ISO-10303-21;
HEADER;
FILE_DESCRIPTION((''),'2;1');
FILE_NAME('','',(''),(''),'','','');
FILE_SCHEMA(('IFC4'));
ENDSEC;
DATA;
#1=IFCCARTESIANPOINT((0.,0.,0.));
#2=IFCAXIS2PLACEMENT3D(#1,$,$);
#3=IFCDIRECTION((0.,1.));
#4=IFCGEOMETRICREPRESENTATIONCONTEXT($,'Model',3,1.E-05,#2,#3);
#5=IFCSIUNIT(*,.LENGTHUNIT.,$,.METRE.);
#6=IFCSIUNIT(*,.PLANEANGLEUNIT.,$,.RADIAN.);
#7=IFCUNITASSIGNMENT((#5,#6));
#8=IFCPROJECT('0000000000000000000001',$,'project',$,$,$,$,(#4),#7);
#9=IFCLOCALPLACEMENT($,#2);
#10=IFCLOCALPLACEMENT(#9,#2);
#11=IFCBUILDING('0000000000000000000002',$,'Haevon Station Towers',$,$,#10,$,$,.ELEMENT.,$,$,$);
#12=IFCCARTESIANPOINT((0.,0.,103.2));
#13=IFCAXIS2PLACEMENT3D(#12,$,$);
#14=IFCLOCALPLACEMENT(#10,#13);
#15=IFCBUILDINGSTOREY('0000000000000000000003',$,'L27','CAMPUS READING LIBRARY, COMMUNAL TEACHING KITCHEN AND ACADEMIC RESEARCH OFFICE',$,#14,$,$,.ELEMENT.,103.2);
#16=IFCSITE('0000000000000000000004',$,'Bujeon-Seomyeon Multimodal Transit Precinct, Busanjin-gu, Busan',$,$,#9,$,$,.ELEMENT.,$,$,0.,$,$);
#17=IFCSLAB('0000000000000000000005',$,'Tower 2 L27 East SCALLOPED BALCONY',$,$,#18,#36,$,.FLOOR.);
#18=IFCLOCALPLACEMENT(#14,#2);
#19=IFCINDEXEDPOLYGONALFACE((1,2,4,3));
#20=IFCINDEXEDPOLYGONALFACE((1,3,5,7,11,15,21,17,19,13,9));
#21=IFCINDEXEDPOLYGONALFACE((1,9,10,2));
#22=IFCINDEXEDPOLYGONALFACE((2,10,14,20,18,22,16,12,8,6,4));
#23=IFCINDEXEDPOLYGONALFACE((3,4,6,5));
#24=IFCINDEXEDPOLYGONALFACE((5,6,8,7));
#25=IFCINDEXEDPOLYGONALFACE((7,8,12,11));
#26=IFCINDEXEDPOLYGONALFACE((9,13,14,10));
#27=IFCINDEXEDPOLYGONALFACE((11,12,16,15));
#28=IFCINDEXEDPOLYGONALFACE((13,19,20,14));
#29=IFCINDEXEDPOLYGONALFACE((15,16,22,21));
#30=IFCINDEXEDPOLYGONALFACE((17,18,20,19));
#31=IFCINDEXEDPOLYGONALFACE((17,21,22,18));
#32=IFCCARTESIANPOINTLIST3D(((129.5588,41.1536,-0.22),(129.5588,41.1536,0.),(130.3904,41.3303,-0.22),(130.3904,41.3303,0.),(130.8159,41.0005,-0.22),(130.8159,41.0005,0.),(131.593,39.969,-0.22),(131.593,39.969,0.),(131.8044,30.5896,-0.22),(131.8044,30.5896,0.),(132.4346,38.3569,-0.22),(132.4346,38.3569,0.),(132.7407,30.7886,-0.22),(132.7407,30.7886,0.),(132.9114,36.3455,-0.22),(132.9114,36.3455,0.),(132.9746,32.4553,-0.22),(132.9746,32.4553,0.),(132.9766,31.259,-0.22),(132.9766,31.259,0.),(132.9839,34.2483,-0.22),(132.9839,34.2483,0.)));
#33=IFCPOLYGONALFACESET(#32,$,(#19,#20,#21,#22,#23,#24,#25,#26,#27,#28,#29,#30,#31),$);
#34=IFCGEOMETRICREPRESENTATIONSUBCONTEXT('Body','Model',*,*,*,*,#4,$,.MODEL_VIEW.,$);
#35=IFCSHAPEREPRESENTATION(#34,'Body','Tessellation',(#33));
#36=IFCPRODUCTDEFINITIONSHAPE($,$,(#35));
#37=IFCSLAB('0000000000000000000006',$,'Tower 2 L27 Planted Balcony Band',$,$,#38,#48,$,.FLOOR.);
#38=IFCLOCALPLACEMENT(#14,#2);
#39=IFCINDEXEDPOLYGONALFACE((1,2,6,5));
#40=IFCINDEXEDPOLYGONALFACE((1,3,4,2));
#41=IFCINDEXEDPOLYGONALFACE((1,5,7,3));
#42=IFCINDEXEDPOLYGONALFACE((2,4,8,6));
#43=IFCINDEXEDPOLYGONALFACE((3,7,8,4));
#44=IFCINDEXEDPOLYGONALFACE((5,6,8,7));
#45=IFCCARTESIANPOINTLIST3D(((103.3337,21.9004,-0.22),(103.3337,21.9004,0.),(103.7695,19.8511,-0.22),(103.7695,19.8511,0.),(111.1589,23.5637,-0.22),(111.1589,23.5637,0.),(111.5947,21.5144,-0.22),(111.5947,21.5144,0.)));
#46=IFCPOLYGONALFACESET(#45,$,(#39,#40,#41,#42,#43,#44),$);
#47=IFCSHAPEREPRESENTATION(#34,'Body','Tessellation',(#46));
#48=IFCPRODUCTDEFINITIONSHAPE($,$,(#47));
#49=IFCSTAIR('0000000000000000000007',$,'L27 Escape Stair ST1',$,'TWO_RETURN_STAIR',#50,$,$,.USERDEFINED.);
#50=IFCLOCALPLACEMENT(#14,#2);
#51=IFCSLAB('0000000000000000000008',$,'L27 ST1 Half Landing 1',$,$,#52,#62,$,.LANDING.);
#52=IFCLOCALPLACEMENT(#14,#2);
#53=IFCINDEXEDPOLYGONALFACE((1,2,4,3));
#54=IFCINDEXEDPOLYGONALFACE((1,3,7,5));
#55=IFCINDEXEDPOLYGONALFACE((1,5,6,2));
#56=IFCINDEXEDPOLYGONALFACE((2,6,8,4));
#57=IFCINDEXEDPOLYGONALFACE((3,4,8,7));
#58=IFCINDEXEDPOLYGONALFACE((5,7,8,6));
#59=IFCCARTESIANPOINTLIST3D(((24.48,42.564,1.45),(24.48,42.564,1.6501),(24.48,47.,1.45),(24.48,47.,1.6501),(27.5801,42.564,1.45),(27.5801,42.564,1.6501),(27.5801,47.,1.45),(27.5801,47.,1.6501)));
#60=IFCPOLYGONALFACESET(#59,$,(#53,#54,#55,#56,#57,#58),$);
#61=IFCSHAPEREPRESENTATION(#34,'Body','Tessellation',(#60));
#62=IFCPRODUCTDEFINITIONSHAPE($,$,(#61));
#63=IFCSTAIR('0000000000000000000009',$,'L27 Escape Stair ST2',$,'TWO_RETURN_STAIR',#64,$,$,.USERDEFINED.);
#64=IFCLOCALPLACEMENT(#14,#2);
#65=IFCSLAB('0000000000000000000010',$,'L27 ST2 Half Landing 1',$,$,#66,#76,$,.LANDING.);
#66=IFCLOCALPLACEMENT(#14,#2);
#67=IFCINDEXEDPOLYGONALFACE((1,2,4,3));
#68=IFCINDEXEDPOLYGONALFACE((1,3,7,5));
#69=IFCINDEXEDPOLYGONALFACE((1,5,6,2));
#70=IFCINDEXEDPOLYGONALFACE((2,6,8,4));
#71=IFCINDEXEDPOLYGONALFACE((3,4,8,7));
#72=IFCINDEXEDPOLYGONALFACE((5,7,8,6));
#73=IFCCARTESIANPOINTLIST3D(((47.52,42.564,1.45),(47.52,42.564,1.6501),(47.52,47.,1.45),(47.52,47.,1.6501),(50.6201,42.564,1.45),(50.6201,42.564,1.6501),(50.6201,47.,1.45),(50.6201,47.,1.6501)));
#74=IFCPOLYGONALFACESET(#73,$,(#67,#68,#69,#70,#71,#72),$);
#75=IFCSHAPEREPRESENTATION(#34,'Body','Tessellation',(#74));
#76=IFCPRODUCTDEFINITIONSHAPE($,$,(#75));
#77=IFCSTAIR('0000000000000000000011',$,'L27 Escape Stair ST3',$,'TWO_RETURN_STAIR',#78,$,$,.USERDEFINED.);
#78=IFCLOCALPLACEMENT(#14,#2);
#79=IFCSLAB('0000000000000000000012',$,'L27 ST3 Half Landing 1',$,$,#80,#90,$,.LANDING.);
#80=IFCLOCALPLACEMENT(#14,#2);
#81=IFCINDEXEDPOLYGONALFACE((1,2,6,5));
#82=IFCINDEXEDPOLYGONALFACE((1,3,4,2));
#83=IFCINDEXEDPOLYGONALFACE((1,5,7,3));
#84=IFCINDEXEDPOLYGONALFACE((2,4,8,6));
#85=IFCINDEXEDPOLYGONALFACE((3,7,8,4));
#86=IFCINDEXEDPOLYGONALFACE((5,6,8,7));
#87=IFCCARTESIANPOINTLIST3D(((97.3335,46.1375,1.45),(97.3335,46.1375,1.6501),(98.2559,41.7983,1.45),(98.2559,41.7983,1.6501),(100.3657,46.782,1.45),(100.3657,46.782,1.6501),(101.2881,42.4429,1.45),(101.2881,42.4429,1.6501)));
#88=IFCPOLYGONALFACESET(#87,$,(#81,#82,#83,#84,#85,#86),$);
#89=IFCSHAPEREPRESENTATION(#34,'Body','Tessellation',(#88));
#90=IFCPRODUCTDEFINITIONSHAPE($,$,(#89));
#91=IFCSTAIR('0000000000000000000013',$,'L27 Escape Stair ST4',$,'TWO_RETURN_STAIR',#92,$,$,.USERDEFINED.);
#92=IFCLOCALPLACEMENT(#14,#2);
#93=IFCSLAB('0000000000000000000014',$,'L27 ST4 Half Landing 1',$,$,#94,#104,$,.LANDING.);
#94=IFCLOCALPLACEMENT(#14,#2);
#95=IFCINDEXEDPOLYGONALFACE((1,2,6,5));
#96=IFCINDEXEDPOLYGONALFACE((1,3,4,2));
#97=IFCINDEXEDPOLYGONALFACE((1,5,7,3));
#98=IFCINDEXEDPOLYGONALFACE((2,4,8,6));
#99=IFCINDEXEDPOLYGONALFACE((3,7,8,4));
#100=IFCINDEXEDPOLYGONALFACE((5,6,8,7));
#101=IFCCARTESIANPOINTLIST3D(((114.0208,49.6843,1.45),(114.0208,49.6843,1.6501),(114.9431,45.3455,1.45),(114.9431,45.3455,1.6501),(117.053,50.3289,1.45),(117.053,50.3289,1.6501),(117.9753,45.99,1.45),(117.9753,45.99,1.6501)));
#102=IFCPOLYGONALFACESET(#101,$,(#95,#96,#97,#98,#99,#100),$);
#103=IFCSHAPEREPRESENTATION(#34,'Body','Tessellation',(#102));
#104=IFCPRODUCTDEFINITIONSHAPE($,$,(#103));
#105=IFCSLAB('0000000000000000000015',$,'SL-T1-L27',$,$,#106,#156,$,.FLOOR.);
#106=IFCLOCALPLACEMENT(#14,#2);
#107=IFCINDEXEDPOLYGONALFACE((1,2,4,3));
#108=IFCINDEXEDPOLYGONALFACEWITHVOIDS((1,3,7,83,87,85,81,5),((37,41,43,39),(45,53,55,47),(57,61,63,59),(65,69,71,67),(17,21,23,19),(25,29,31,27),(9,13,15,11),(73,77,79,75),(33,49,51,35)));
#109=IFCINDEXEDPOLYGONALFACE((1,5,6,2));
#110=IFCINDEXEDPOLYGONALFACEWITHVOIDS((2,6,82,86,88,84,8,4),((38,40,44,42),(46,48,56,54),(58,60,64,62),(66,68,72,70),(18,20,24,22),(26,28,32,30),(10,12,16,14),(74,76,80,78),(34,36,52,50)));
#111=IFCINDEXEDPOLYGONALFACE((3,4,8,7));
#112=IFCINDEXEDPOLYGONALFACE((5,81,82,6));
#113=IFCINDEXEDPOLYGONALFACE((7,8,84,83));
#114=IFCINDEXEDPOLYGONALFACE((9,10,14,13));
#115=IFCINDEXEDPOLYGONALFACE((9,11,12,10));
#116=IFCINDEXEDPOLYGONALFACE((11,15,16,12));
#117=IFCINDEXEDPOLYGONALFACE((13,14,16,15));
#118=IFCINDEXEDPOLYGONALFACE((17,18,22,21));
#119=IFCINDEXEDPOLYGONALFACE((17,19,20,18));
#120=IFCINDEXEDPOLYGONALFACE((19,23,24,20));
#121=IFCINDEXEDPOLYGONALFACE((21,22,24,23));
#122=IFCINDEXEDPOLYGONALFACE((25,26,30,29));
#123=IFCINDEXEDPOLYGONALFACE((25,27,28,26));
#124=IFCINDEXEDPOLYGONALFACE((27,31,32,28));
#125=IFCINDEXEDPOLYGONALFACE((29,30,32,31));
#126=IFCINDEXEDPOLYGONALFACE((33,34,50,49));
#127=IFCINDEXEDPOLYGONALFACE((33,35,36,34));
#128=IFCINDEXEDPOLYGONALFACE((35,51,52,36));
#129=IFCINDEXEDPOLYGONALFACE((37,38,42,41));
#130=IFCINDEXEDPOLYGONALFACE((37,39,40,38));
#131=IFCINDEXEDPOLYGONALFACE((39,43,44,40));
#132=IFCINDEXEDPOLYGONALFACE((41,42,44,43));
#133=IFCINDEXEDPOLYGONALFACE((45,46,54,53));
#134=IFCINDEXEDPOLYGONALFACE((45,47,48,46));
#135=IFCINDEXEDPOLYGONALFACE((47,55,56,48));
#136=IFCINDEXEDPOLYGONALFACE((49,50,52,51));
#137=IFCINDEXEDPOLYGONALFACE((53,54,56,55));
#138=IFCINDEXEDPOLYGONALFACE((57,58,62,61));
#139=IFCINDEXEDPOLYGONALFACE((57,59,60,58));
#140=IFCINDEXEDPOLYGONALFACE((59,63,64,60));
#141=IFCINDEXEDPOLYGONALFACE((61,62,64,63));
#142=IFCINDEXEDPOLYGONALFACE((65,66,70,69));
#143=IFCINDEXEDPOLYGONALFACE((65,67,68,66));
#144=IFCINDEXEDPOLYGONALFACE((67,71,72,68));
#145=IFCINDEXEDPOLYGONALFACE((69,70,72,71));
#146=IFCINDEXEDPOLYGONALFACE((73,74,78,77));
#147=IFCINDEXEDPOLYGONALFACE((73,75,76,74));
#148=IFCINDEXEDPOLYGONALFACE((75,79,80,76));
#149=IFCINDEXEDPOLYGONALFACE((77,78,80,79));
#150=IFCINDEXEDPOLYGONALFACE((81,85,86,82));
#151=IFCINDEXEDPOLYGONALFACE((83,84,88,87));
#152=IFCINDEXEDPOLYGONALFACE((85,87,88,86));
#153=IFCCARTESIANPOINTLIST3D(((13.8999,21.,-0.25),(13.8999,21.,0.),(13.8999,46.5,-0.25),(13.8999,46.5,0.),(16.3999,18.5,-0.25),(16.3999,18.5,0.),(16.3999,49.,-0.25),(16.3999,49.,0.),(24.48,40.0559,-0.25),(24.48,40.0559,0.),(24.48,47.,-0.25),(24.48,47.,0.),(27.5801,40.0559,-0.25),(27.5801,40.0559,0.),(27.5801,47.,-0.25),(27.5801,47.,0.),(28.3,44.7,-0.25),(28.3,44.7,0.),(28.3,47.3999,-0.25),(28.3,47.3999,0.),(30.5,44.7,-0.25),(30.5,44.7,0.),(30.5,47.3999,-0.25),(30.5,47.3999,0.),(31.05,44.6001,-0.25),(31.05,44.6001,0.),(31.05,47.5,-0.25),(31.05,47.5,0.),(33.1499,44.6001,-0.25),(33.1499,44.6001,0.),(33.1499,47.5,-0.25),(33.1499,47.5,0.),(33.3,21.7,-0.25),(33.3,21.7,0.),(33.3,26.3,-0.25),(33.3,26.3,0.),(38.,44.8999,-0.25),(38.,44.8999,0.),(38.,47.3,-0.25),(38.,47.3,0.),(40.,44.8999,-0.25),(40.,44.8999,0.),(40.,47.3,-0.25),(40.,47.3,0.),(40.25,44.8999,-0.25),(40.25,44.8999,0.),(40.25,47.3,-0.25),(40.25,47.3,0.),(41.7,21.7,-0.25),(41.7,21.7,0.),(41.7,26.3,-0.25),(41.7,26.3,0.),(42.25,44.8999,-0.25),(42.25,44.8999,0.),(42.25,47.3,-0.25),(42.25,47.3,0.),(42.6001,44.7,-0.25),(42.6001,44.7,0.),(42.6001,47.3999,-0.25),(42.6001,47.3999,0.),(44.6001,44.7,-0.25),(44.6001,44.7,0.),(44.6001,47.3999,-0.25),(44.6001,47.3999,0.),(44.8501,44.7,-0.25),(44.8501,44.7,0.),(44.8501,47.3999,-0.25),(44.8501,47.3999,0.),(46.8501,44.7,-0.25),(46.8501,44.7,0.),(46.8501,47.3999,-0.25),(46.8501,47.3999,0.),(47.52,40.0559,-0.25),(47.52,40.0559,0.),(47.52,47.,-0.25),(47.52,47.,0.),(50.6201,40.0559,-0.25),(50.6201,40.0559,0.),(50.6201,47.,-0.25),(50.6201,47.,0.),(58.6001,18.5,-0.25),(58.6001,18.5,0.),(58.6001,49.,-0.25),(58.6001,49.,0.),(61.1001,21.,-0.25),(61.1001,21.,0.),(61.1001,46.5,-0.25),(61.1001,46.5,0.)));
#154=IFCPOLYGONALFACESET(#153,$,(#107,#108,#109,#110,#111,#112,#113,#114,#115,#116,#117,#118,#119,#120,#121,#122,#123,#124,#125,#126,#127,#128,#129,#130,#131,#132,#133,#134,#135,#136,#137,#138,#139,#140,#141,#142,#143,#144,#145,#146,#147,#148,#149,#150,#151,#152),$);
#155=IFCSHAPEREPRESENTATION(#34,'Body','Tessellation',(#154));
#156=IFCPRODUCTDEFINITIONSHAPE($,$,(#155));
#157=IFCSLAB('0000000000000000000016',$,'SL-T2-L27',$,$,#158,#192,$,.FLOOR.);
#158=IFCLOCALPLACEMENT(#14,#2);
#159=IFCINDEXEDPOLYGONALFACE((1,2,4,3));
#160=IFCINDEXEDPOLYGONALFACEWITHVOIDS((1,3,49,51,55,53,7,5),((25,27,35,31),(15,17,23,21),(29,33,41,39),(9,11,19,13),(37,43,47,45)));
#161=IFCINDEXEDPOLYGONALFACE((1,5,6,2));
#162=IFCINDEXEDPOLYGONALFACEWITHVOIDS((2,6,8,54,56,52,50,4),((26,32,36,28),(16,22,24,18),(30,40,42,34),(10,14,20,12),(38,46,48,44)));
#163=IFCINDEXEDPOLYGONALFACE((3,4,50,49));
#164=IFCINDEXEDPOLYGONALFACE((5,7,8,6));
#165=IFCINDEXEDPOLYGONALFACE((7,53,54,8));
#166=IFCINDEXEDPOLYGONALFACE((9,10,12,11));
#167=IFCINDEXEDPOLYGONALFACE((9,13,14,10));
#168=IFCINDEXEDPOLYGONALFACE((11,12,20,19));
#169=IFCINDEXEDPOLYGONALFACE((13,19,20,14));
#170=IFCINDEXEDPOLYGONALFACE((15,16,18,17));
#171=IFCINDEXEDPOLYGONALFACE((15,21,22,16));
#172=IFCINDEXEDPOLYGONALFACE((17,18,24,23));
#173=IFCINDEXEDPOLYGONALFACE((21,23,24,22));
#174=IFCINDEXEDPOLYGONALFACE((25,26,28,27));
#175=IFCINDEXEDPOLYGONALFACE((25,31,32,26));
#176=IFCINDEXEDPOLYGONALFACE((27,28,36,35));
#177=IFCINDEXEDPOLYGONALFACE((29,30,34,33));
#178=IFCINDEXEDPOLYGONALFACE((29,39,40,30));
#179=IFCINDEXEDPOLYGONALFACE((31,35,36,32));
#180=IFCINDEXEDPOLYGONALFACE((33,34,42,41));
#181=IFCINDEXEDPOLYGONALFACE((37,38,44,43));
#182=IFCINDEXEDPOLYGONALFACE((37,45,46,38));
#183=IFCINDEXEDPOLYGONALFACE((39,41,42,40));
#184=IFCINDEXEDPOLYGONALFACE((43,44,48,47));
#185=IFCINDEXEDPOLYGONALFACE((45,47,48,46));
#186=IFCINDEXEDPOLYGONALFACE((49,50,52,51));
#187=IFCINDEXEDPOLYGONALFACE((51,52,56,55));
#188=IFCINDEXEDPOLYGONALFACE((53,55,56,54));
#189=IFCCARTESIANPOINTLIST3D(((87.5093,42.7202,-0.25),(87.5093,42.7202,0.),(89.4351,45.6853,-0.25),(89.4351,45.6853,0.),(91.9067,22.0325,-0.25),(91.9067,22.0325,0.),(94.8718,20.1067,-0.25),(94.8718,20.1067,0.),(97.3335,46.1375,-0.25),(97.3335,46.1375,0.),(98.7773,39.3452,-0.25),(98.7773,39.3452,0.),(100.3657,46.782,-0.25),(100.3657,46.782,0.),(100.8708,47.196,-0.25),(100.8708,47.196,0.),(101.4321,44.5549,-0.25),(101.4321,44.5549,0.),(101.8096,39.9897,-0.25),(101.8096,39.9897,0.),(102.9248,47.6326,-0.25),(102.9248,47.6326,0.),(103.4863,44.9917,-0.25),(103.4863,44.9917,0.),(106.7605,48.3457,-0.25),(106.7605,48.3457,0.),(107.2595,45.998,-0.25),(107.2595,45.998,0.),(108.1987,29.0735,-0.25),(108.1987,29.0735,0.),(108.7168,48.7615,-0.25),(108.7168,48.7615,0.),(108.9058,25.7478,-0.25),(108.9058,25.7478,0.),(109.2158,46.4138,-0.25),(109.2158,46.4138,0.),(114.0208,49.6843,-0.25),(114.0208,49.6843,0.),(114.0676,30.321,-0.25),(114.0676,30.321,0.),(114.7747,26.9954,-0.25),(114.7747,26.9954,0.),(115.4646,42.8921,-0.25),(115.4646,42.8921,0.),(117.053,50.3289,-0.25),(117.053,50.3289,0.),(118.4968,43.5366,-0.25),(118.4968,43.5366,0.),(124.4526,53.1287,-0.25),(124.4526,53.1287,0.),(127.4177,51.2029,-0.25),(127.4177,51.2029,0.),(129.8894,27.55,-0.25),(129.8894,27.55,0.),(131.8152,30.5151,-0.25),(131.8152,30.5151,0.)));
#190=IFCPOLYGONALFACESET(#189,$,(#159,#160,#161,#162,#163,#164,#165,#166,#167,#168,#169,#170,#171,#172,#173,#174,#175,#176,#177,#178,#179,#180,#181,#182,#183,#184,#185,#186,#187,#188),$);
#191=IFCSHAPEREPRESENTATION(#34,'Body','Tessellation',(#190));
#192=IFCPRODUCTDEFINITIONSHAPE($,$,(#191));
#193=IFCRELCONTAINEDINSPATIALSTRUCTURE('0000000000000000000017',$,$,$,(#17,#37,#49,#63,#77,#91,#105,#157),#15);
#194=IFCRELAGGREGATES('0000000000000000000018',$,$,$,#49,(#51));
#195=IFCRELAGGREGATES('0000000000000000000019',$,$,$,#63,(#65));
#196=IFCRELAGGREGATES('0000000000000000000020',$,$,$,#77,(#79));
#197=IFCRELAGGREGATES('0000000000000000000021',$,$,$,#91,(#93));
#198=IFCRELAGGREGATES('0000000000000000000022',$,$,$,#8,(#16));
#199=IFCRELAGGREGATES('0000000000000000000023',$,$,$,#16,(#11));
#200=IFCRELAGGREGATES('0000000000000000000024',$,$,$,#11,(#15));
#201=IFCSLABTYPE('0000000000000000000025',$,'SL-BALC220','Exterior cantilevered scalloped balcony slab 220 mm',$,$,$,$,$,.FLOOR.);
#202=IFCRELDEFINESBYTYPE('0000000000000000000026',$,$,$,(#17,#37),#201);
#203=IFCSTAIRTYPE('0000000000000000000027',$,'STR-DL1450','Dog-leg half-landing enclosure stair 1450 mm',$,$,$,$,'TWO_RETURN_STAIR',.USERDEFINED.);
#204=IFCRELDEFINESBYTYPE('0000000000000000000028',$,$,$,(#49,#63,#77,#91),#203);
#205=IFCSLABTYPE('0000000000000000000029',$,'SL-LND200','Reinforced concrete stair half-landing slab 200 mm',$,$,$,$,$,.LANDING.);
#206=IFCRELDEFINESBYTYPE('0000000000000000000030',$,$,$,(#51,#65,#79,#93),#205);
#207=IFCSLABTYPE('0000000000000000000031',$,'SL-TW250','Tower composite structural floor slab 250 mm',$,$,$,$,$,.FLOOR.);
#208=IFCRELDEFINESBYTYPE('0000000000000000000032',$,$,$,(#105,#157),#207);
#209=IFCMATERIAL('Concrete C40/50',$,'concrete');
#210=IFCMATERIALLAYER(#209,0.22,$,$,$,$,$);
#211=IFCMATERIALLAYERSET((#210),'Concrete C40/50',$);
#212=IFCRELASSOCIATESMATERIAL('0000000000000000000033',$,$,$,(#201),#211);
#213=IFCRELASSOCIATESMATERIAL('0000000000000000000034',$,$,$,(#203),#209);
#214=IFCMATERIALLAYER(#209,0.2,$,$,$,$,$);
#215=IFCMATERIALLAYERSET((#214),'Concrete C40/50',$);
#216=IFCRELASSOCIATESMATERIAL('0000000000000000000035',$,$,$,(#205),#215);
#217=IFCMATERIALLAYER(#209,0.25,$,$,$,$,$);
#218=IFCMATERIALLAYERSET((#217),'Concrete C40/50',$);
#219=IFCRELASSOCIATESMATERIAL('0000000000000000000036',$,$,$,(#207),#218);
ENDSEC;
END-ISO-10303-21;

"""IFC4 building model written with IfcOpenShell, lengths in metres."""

from ifc_helpers import new_model, si_unit, direction, frame, origin, place, context, subcontext, project, spatial, polyline, outline, extrude, material, layer, layer_set, type_object, element, aggregate, save


model = new_model("IFC4")

# Units and contexts
model_context = context("Model", 3, precision=1e-05, world=origin(), true_north=direction((0.0, 1.0)))
body_context = subcontext(model_context, "Body", "Model", "MODEL_VIEW")
ifc_project = project(units=[si_unit("LENGTHUNIT", "METRE"), si_unit("PLANEANGLEUNIT", "RADIAN")], contexts=[model_context])

# Site, building, storey
site_placement = place(None, origin())
site = spatial("IfcSite", under=ifc_project, at=site_placement, Name="Bujeon-Seomyeon Multimodal Transit Precinct, Busanjin-gu, Busan", CompositionType="ELEMENT", RefElevation=0.0)
building_placement = place(site_placement, origin())
building = spatial("IfcBuilding", under=site, at=building_placement, Name="Haevon Station Towers", CompositionType="ELEMENT")
storey_placement = place(building_placement, frame((0.0, 0.0, 103.2)))
storey = spatial("IfcBuildingStorey", under=building, at=storey_placement, Name="L27", Description="CAMPUS READING LIBRARY, COMMUNAL TEACHING KITCHEN AND ACADEMIC RESEARCH OFFICE", CompositionType="ELEMENT", Elevation=103.2)

# Slabs
ifc_material_1 = material(Name="Concrete C40/50", Category="concrete")
ifc_layer_1 = layer(ifc_material_1, 0.22)
ifc_layer_set_1 = layer_set([ifc_layer_1], Name="Concrete C40/50")
slab_type_1 = type_object("IfcSlabType", Name="SL-BALC220", Description="Exterior cantilevered scalloped balcony slab 220 mm", PredefinedType="FLOOR", material=ifc_layer_set_1)
slab_1_placement = place(storey_placement, frame((0.0, 0.0, -0.22)))
element("IfcSlab", 1, at=slab_1_placement, inside=storey, type_object=slab_type_1, Name="Tower 2 L27 East SCALLOPED BALCONY", PredefinedType="FLOOR", context=body_context, shape_type="SweptSolid", body=[
    extrude(outline(polyline([(131.8044, 30.5896), (132.7407, 30.7886), (132.9766, 31.259), (132.9746, 32.4553), (132.9839, 34.2483), (132.9114, 36.3455), (132.4346, 38.3569), (131.593, 39.969), (130.8159, 41.0005), (130.3904, 41.3303), (129.5588, 41.1536), (131.8044, 30.5896)])), origin(), (0.0, 0.0, 1.0), 0.22),
])
slab_2_placement = place(storey_placement, frame((0.0, 0.0, -0.22)))
element("IfcSlab", 2, at=slab_2_placement, inside=storey, type_object=slab_type_1, Name="Tower 2 L27 Planted Balcony Band", PredefinedType="FLOOR", context=body_context, shape_type="SweptSolid", body=[
    extrude(outline(polyline([(103.7695, 19.8511), (111.5947, 21.5144), (111.1589, 23.5637), (103.3337, 21.9004), (103.7695, 19.8511)])), origin(), (0.0, 0.0, 1.0), 0.22),
])

# Stairs, slabs
stair_type = type_object("IfcStairType", Name="STR-DL1450", Description="Dog-leg half-landing enclosure stair 1450 mm", ElementType="TWO_RETURN_STAIR", PredefinedType="USERDEFINED", material=ifc_material_1)
stair_1_placement = place(storey_placement, origin())
stair_1 = element("IfcStair", 3, at=stair_1_placement, inside=storey, type_object=stair_type, Name="L27 Escape Stair ST1", ObjectType="TWO_RETURN_STAIR", PredefinedType="USERDEFINED")
ifc_layer_2 = layer(ifc_material_1, 0.2)
ifc_layer_set_2 = layer_set([ifc_layer_2], Name="Concrete C40/50")
slab_type_2 = type_object("IfcSlabType", Name="SL-LND200", Description="Reinforced concrete stair half-landing slab 200 mm", PredefinedType="LANDING", material=ifc_layer_set_2)
slab_3_placement = place(storey_placement, frame((0.0, 0.0, 1.45)))
slab_3 = element("IfcSlab", 4, at=slab_3_placement, type_object=slab_type_2, Name="L27 ST1 Half Landing 1", PredefinedType="LANDING", context=body_context, shape_type="SweptSolid", body=[
    extrude(outline(polyline([(27.5801, 42.564), (27.5801, 47.0), (24.48, 47.0), (24.48, 42.564), (27.5801, 42.564)])), origin(), (0.0, 0.0, 1.0), 0.2002),
])
aggregate(stair_1, [slab_3])
stair_2_placement = place(storey_placement, origin())
stair_2 = element("IfcStair", 5, at=stair_2_placement, inside=storey, type_object=stair_type, Name="L27 Escape Stair ST2", ObjectType="TWO_RETURN_STAIR", PredefinedType="USERDEFINED")
slab_4_placement = place(storey_placement, frame((0.0, 0.0, 1.45)))
slab_4 = element("IfcSlab", 6, at=slab_4_placement, type_object=slab_type_2, Name="L27 ST2 Half Landing 1", PredefinedType="LANDING", context=body_context, shape_type="SweptSolid", body=[
    extrude(outline(polyline([(50.6201, 42.564), (50.6201, 47.0), (47.52, 47.0), (47.52, 42.564), (50.6201, 42.564)])), origin(), (0.0, 0.0, 1.0), 0.2002),
])
aggregate(stair_2, [slab_4])
stair_3_placement = place(storey_placement, origin())
stair_3 = element("IfcStair", 7, at=stair_3_placement, inside=storey, type_object=stair_type, Name="L27 Escape Stair ST3", ObjectType="TWO_RETURN_STAIR", PredefinedType="USERDEFINED")
slab_5_placement = place(storey_placement, frame((0.0, 0.0, 1.45)))
slab_5 = element("IfcSlab", 8, at=slab_5_placement, type_object=slab_type_2, Name="L27 ST3 Half Landing 1", PredefinedType="LANDING", context=body_context, shape_type="SweptSolid", body=[
    extrude(outline(polyline([(101.2881, 42.4429), (100.3657, 46.782), (97.3335, 46.1375), (98.2559, 41.7983), (101.2881, 42.4429)])), origin(), (0.0, 0.0, 1.0), 0.2002),
])
aggregate(stair_3, [slab_5])
stair_4_placement = place(storey_placement, origin())
stair_4 = element("IfcStair", 9, at=stair_4_placement, inside=storey, type_object=stair_type, Name="L27 Escape Stair ST4", ObjectType="TWO_RETURN_STAIR", PredefinedType="USERDEFINED")
slab_6_placement = place(storey_placement, frame((0.0, 0.0, 1.45)))
slab_6 = element("IfcSlab", 10, at=slab_6_placement, type_object=slab_type_2, Name="L27 ST4 Half Landing 1", PredefinedType="LANDING", context=body_context, shape_type="SweptSolid", body=[
    extrude(outline(polyline([(117.9753, 45.99), (117.053, 50.3289), (114.0208, 49.6843), (114.9431, 45.3455), (117.9753, 45.99)])), origin(), (0.0, 0.0, 1.0), 0.2002),
])
aggregate(stair_4, [slab_6])

# Slabs
ifc_layer_3 = layer(ifc_material_1, 0.25)
ifc_layer_set_3 = layer_set([ifc_layer_3], Name="Concrete C40/50")
slab_type_3 = type_object("IfcSlabType", Name="SL-TW250", Description="Tower composite structural floor slab 250 mm", PredefinedType="FLOOR", material=ifc_layer_set_3)
slab_7_placement = place(storey_placement, frame((0.0, 0.0, -0.25)))
element("IfcSlab", 11, at=slab_7_placement, inside=storey, type_object=slab_type_3, Name="SL-T1-L27", PredefinedType="FLOOR", context=body_context, shape_type="SweptSolid", body=[
    extrude(outline(polyline([(16.3999, 18.5), (58.6001, 18.5), (61.1001, 21.0), (61.1001, 46.5), (58.6001, 49.0), (16.3999, 49.0), (13.8999, 46.5), (13.8999, 21.0), (16.3999, 18.5)]), holes=[polyline([(27.5801, 40.0559), (27.5801, 47.0), (24.48, 47.0), (24.48, 40.0559), (27.5801, 40.0559)]), polyline([(50.6201, 40.0559), (50.6201, 47.0), (47.52, 47.0), (47.52, 40.0559), (50.6201, 40.0559)]), polyline([(28.3, 44.7), (30.5, 44.7), (30.5, 47.3999), (28.3, 47.3999), (28.3, 44.7)]), polyline([(31.05, 44.6001), (33.1499, 44.6001), (33.1499, 47.5), (31.05, 47.5), (31.05, 44.6001)]), polyline([(38.0, 44.8999), (40.0, 44.8999), (40.0, 47.3), (38.0, 47.3), (38.0, 44.8999)]), polyline([(40.25, 44.8999), (42.25, 44.8999), (42.25, 47.3), (40.25, 47.3), (40.25, 44.8999)]), polyline([(42.6001, 44.7), (44.6001, 44.7), (44.6001, 47.3999), (42.6001, 47.3999), (42.6001, 44.7)]), polyline([(44.8501, 44.7), (46.8501, 44.7), (46.8501, 47.3999), (44.8501, 47.3999), (44.8501, 44.7)]), polyline([(33.3, 21.7), (41.7, 21.7), (41.7, 26.3), (33.3, 26.3), (33.3, 21.7)])]), origin(), (0.0, 0.0, 1.0), 0.25),
])
slab_8_placement = place(storey_placement, frame((0.0, 0.0, -0.25)))
element("IfcSlab", 12, at=slab_8_placement, inside=storey, type_object=slab_type_3, Name="SL-T2-L27", PredefinedType="FLOOR", context=body_context, shape_type="SweptSolid", body=[
    extrude(outline(polyline([(94.8718, 20.1067), (129.8894, 27.55), (131.8152, 30.5151), (127.4177, 51.2029), (124.4526, 53.1287), (89.4351, 45.6853), (87.5093, 42.7202), (91.9067, 22.0325), (94.8718, 20.1067)]), holes=[polyline([(101.8096, 39.9897), (100.3657, 46.782), (97.3335, 46.1375), (98.7773, 39.3452), (101.8096, 39.9897)]), polyline([(118.4968, 43.5366), (117.053, 50.3289), (114.0208, 49.6843), (115.4646, 42.8921), (118.4968, 43.5366)]), polyline([(101.4321, 44.5549), (103.4863, 44.9917), (102.9248, 47.6326), (100.8708, 47.196), (101.4321, 44.5549)]), polyline([(107.2595, 45.998), (109.2158, 46.4138), (108.7168, 48.7615), (106.7605, 48.3457), (107.2595, 45.998)]), polyline([(108.9058, 25.7478), (114.7747, 26.9954), (114.0676, 30.321), (108.1987, 29.0735), (108.9058, 25.7478)])]), origin(), (0.0, 0.0, 1.0), 0.25),
])

save(model, "model.ifc")
